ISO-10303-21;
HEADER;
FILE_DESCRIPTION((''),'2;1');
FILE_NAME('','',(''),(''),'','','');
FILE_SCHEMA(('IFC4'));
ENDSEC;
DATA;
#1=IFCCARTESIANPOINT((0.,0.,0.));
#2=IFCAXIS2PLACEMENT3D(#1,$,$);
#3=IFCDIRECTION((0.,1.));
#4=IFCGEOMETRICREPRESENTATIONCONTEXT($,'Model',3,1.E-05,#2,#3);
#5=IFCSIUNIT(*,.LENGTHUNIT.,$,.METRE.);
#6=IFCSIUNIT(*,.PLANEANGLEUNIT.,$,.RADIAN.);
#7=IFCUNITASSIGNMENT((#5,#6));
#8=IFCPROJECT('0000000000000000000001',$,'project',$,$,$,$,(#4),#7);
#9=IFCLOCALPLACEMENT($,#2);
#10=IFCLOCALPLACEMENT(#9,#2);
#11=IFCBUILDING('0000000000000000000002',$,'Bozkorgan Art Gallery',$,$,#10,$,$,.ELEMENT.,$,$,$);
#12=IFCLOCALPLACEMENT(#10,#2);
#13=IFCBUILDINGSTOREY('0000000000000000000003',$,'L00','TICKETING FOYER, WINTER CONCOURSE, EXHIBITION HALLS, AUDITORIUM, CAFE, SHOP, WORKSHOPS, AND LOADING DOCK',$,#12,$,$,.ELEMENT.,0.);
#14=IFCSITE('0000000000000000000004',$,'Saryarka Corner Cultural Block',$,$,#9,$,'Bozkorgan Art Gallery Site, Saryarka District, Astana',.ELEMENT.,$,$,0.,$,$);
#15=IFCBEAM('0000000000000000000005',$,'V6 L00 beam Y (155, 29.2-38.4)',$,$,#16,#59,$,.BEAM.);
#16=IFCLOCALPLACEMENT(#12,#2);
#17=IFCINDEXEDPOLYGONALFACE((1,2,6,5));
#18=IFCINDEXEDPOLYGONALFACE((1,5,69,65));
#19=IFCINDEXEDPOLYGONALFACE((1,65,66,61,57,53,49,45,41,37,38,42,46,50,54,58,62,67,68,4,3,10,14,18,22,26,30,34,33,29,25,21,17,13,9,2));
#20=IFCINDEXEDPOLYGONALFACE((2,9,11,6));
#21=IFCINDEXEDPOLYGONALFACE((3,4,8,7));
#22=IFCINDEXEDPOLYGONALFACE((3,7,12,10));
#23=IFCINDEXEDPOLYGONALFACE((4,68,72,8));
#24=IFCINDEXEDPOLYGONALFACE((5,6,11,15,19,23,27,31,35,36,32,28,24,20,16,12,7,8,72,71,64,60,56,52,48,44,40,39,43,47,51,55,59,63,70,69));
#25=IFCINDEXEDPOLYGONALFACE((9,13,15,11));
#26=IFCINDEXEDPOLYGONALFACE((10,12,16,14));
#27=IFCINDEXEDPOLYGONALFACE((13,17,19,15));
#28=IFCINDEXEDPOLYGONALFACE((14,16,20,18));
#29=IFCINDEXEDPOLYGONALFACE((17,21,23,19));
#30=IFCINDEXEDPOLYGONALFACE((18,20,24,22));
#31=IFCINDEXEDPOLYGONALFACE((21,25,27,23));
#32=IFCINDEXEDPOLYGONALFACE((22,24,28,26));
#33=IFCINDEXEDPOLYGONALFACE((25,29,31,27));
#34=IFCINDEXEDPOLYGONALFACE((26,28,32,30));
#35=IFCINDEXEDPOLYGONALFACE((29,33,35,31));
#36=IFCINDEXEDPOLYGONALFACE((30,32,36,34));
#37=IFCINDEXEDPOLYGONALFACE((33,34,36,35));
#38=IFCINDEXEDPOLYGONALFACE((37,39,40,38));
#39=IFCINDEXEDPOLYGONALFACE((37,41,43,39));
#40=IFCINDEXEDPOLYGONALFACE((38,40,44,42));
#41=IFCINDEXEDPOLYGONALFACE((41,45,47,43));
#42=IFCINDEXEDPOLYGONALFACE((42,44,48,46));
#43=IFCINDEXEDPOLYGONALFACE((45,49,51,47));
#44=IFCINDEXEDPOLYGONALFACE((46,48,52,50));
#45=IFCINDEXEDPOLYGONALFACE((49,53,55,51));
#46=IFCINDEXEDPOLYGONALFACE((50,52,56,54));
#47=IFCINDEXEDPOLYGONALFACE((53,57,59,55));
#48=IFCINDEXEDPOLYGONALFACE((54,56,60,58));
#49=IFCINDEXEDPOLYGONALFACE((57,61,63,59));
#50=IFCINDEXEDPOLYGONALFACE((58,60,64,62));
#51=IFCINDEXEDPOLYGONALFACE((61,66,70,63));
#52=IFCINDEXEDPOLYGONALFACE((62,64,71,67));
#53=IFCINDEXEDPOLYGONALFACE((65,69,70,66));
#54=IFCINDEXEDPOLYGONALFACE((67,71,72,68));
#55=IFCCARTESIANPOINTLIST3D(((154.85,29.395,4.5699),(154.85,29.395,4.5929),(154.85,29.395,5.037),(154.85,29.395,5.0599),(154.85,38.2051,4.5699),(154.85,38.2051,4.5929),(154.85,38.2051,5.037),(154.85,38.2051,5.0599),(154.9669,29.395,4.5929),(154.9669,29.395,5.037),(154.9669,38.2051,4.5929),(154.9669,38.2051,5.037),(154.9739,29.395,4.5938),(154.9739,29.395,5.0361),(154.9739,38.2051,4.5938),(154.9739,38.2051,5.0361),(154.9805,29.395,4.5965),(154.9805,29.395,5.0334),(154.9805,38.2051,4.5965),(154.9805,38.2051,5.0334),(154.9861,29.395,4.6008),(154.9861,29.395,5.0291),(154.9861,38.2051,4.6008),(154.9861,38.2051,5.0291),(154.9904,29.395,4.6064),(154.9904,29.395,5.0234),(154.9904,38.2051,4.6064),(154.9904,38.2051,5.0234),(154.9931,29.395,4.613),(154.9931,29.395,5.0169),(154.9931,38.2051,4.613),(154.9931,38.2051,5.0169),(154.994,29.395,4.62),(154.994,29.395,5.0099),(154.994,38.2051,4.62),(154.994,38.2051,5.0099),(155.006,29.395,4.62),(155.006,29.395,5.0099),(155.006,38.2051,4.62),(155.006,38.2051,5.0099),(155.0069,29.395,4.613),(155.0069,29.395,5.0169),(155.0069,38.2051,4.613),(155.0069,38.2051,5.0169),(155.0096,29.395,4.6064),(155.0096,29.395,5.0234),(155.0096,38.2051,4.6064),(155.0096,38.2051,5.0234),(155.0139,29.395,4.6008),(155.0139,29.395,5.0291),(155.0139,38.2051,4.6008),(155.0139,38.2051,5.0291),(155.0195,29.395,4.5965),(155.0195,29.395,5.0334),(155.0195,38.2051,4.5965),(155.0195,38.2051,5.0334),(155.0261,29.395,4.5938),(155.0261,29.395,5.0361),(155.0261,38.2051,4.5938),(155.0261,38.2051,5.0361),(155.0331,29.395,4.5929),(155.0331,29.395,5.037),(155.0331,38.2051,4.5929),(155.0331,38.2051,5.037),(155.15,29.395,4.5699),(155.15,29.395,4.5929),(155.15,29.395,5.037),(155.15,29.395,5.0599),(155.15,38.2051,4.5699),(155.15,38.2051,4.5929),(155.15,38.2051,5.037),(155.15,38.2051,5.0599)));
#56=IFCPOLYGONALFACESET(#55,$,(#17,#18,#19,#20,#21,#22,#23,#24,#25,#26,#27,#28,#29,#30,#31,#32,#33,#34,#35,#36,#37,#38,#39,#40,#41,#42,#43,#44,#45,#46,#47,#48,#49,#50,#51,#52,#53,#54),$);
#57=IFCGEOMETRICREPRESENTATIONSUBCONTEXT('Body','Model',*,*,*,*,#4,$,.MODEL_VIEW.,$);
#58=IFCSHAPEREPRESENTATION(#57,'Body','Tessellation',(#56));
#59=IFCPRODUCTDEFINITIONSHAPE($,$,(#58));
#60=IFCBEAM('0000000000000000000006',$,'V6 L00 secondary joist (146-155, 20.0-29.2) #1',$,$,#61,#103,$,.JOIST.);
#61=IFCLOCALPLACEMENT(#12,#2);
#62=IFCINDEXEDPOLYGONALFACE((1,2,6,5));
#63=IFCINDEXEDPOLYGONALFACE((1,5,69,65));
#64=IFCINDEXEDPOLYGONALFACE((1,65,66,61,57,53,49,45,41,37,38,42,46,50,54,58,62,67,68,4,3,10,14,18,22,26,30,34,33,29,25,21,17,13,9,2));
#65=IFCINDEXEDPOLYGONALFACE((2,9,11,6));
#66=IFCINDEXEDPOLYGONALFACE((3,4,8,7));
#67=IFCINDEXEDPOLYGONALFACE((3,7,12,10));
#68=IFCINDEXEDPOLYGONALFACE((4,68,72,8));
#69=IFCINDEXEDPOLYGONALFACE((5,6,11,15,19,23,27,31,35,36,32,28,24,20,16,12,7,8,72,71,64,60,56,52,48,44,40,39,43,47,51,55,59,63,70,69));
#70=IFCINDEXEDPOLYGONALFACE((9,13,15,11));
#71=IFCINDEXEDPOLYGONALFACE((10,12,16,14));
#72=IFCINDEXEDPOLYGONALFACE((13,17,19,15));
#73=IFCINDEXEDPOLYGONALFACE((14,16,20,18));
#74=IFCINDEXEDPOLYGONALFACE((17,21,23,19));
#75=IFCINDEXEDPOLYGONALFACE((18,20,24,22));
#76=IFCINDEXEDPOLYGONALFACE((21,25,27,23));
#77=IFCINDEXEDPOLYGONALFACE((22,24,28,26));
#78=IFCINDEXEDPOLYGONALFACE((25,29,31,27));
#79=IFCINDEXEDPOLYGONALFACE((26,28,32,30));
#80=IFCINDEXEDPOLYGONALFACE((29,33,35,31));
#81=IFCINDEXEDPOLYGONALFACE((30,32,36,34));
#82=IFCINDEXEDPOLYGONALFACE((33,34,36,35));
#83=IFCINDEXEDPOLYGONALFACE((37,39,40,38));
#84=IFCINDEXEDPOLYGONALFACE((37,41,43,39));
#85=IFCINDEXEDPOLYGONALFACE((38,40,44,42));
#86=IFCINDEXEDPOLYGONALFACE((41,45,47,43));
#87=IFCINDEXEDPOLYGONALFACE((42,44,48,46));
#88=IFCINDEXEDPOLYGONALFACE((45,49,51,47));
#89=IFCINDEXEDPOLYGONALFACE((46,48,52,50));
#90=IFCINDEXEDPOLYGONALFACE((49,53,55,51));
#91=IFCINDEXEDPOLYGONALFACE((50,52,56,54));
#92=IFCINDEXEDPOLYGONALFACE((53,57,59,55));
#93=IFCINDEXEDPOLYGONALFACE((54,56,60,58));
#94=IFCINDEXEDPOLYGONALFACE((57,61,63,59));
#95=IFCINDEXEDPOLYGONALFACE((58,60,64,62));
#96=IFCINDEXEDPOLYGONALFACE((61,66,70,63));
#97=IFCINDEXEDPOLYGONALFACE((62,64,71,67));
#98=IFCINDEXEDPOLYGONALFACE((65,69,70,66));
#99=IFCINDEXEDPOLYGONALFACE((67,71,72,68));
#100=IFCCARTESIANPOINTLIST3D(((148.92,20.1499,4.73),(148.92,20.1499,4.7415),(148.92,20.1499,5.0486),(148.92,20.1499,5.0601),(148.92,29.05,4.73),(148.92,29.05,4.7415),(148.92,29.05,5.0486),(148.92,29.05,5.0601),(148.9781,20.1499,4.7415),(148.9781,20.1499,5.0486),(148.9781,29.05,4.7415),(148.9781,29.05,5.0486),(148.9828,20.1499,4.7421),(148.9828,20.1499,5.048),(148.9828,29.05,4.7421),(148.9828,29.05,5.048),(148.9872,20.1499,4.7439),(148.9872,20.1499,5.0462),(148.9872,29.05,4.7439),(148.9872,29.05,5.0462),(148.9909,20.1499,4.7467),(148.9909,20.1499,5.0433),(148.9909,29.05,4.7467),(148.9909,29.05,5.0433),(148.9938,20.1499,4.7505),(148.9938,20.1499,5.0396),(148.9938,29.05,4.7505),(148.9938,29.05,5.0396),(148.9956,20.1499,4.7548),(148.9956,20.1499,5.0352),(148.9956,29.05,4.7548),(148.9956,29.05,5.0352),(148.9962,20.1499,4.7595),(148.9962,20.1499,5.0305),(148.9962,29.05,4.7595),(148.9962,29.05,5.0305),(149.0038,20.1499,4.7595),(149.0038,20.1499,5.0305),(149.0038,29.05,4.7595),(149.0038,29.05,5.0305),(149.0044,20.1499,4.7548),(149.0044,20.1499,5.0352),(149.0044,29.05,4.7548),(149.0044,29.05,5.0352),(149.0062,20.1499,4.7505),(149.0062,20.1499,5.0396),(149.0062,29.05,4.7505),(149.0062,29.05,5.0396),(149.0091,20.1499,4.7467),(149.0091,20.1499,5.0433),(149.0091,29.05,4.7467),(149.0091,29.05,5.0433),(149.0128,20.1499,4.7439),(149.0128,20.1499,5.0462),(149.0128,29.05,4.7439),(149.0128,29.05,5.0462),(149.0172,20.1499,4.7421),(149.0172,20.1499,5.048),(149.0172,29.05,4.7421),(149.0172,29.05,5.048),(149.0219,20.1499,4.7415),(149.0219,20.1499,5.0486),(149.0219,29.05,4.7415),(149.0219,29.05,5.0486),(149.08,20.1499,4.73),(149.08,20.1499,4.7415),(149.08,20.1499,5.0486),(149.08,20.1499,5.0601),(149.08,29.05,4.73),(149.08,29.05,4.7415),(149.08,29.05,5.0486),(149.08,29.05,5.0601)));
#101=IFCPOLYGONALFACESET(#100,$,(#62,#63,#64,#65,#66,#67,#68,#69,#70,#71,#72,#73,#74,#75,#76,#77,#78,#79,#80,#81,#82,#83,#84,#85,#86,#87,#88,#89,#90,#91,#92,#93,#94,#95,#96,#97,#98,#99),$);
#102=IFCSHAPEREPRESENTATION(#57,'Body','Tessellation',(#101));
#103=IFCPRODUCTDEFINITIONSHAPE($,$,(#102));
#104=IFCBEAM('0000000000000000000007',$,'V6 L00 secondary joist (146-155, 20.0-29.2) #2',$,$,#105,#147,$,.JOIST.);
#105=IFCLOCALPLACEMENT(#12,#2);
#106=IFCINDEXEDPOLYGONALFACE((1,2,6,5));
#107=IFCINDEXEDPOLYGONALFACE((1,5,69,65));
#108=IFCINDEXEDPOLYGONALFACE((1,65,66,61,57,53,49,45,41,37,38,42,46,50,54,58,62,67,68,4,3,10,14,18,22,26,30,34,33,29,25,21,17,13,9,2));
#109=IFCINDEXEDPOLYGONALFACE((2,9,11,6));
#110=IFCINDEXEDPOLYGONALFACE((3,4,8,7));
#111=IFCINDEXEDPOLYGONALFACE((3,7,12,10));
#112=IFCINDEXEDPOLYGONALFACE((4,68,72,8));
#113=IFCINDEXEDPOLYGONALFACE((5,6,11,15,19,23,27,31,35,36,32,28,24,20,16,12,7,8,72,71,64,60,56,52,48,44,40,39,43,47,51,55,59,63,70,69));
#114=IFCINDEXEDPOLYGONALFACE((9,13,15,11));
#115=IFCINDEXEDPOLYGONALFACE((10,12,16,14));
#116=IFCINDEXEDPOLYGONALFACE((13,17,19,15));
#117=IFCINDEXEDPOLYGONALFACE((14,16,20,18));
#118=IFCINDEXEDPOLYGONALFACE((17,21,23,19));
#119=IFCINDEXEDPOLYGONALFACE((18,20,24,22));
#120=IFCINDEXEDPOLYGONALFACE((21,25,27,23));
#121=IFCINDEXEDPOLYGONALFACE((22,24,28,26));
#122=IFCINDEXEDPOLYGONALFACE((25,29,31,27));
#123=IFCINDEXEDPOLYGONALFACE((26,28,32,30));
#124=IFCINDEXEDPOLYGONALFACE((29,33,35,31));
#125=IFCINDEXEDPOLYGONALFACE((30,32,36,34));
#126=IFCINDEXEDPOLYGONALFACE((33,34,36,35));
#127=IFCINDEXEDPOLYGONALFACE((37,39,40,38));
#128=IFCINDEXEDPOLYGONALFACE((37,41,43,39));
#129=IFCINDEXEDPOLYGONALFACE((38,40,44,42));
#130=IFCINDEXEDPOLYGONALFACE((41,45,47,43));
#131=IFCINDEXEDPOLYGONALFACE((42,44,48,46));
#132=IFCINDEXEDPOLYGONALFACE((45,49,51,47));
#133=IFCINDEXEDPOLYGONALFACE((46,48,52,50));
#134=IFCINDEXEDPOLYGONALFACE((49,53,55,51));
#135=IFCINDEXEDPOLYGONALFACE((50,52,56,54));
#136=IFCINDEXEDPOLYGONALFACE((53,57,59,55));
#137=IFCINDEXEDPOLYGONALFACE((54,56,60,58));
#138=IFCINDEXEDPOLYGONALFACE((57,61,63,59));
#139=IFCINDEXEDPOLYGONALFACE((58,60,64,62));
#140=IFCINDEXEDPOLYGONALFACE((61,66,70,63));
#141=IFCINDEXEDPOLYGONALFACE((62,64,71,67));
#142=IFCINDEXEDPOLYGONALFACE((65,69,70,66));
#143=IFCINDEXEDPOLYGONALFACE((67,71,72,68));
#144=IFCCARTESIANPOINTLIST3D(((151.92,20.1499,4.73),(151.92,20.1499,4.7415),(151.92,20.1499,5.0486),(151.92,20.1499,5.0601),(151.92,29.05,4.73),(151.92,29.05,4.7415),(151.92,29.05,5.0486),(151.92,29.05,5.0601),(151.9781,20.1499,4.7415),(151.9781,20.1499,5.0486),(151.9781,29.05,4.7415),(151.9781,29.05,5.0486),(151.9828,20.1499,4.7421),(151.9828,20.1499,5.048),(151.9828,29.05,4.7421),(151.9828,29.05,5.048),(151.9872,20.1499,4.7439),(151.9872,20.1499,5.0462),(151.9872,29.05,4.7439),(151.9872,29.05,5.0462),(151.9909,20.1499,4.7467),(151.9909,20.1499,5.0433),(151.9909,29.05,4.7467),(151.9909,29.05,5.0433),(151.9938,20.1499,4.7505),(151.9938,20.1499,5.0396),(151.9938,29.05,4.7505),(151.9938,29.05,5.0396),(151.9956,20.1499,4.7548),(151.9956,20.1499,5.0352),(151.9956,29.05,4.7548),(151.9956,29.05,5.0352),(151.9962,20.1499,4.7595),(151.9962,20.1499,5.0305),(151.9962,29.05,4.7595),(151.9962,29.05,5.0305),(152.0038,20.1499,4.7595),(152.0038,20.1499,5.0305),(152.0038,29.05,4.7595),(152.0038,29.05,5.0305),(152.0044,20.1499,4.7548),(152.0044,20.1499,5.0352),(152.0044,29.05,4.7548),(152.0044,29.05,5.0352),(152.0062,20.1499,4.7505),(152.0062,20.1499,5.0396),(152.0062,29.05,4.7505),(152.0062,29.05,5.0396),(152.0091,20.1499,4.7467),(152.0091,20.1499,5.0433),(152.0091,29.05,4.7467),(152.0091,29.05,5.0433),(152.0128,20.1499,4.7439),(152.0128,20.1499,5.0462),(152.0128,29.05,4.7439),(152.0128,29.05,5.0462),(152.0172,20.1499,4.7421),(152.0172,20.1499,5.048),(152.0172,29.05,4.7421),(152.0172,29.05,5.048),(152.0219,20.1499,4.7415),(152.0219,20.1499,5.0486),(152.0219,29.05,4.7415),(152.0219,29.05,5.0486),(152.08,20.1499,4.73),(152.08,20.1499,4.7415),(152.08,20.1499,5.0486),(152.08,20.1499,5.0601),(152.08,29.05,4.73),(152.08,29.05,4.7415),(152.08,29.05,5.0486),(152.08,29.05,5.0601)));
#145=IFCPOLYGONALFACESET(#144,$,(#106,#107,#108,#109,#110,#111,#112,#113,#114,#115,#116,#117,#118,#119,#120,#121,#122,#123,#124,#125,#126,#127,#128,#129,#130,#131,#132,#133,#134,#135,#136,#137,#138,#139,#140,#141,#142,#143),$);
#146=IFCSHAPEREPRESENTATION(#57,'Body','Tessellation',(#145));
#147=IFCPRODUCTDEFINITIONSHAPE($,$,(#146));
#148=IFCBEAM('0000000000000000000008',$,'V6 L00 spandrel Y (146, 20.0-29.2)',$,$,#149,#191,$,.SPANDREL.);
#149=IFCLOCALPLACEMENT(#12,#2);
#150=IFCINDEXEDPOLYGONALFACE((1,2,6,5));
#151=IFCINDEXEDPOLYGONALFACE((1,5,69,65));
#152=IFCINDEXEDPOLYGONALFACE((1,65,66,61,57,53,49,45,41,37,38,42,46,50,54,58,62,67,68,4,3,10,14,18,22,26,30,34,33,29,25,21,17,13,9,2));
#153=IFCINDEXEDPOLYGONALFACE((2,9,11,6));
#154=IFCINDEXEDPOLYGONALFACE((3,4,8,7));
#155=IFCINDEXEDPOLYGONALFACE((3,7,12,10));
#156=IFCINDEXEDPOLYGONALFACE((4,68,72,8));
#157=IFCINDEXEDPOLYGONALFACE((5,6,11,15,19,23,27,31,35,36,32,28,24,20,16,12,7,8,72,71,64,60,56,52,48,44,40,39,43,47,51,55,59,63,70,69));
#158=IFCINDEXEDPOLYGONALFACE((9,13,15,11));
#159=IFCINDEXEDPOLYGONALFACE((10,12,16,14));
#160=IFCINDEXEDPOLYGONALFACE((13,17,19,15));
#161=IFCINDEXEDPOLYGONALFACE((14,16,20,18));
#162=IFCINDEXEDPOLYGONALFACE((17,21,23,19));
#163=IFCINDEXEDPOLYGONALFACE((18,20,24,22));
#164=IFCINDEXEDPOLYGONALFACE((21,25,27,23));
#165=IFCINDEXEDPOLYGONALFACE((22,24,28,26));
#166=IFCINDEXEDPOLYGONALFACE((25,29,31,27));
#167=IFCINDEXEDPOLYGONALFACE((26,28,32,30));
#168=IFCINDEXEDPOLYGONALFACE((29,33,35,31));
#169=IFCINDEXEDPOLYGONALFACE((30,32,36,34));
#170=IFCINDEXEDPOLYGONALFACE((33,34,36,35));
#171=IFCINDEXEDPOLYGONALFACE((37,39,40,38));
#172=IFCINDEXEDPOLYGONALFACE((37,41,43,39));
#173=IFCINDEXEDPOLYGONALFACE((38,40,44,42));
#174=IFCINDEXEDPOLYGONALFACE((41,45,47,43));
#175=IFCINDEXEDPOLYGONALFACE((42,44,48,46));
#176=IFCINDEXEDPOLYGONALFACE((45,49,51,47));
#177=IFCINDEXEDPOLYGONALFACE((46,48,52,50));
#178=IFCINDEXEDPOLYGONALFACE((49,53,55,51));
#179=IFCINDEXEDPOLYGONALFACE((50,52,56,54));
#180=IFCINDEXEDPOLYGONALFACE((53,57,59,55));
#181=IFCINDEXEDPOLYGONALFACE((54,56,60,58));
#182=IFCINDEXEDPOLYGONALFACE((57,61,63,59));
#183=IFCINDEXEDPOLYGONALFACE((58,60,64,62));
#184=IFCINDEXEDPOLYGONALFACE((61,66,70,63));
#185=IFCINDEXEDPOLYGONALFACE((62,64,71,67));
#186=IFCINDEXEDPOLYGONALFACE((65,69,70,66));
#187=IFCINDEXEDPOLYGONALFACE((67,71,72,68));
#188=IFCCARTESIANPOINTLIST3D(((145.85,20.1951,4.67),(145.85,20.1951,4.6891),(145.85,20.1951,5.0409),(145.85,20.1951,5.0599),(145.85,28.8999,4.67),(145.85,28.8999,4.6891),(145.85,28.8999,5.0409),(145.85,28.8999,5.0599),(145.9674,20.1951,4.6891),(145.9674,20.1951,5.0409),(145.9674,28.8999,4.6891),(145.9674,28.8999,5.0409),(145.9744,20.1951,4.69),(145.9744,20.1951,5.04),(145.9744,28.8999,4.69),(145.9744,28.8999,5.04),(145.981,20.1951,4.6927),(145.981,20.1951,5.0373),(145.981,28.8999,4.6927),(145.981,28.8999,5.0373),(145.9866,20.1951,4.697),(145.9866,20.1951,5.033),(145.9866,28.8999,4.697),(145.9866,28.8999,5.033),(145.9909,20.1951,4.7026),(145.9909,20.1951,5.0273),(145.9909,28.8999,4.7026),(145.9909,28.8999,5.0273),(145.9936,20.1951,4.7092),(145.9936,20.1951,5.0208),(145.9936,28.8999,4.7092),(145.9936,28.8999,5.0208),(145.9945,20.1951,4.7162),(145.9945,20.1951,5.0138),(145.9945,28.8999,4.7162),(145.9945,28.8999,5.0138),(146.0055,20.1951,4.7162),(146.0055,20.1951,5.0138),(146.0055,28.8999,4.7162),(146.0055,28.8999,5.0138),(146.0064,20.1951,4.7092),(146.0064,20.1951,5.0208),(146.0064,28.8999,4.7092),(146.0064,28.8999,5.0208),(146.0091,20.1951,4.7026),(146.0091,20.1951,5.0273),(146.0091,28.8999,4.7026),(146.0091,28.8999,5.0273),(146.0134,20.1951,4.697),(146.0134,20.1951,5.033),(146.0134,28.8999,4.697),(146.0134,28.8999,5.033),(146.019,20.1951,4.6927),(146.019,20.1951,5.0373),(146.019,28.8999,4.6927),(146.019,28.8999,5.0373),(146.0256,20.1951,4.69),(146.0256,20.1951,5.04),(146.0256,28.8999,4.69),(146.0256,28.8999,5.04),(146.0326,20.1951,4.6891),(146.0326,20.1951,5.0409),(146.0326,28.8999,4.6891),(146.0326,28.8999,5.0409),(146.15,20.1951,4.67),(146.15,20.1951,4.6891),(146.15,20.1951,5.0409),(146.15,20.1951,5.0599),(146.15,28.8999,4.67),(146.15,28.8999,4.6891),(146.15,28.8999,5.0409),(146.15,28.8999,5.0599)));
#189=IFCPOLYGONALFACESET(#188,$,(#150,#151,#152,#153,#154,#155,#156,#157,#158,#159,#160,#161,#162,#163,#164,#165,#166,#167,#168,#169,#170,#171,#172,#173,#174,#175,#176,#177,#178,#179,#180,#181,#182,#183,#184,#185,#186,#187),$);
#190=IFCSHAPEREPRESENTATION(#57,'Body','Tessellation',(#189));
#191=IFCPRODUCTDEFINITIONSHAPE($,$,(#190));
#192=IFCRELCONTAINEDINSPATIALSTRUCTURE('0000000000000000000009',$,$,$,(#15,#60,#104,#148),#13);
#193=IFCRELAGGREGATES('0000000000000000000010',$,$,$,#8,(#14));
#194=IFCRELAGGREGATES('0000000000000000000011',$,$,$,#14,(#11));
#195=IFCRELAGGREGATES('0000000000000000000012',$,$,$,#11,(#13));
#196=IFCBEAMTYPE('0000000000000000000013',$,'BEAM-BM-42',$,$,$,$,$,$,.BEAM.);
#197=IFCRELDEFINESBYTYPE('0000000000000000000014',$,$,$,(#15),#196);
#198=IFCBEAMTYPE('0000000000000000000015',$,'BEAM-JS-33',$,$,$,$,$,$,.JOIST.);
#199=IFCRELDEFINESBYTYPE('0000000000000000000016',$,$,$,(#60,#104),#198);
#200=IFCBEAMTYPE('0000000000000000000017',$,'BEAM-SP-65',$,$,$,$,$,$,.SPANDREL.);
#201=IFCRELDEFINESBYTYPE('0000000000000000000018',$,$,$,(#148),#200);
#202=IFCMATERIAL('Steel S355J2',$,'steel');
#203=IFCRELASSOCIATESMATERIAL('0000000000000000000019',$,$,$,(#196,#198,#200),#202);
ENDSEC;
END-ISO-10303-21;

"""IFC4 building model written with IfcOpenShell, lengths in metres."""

from ifc_helpers import new_model, si_unit, direction, frame, origin, origin_2d, place, context, subcontext, project, spatial, i_section, extrude, material, material_profile, profile_set, type_object, element, save


model = new_model("IFC4")

# Units and contexts
model_context = context("Model", 3, precision=1e-05, world=origin(), true_north=direction((0.0, 1.0)))
body_context = subcontext(model_context, "Body", "Model", "MODEL_VIEW")
ifc_project = project(units=[si_unit("LENGTHUNIT", "METRE"), si_unit("PLANEANGLEUNIT", "RADIAN")], contexts=[model_context])

# Site, building, storey
site_placement = place(None, origin())
site = spatial("IfcSite", under=ifc_project, at=site_placement, Name="Saryarka Corner Cultural Block", LongName="Bozkorgan Art Gallery Site, Saryarka District, Astana", CompositionType="ELEMENT", RefElevation=0.0)
building_placement = place(site_placement, origin())
building = spatial("IfcBuilding", under=site, at=building_placement, Name="Bozkorgan Art Gallery", CompositionType="ELEMENT")
storey_placement = place(building_placement, origin())
storey = spatial("IfcBuildingStorey", under=building, at=storey_placement, Name="L00", Description="TICKETING FOYER, WINTER CONCOURSE, EXHIBITION HALLS, AUDITORIUM, CAFE, SHOP, WORKSHOPS, AND LOADING DOCK", CompositionType="ELEMENT", Elevation=0.0)

# Shared definitions
ifc_material_1 = material(Name="Steel S355J2", Category="steel")

# Beams
ifc_material_profile_1 = material_profile(ifc_material_1, i_section(OverallWidth=0.3, OverallDepth=0.49, WebThickness=0.012, FlangeThickness=0.0229, FilletRadius=0.0271, at=origin_2d()), Name="HEA 500")
ifc_profile_set_1 = profile_set([ifc_material_profile_1], Name="Steel S355J2")
beam_type_1 = type_object("IfcBeamType", Name="BEAM-BM-42", PredefinedType="BEAM", material=ifc_profile_set_1)
beam_1_placement = place(storey_placement, frame((155.0, 29.395, 4.8149), z_axis=(0.0, 1.0, 0.0), x_axis=(-1.0, 0.0, 0.0)))
element("IfcBeam", 1, at=beam_1_placement, inside=storey, type_object=beam_type_1, Name="V6 L00 beam Y (155, 29.2-38.4)", PredefinedType="BEAM", context=body_context, shape_type="SweptSolid", body=[
    extrude(i_section(OverallWidth=0.3, OverallDepth=0.49, WebThickness=0.012, FlangeThickness=0.0229, FilletRadius=0.0271, at=origin_2d()), origin(), (0.0, 0.0, 1.0), 8.8101),
])
ifc_material_profile_2 = material_profile(ifc_material_1, i_section(OverallWidth=0.1599, OverallDepth=0.3301, WebThickness=0.0076, FlangeThickness=0.0115, FilletRadius=0.0181, at=origin_2d()), Name="IPE 330")
ifc_profile_set_2 = profile_set([ifc_material_profile_2], Name="Steel S355J2")
beam_type_2 = type_object("IfcBeamType", Name="BEAM-JS-33", PredefinedType="JOIST", material=ifc_profile_set_2)
for number, where, z_axis, x_axis, name in (
    (2, (149.0, 20.1499, 4.895), (0.0, 1.0, 0.0), (-1.0, 0.0, 0.0), "V6 L00 secondary joist (146-155, 20.0-29.2) #1"),
    (3, (152.0, 20.1499, 4.895), (0.0, 1.0, 0.0), (-1.0, 0.0, 0.0), "V6 L00 secondary joist (146-155, 20.0-29.2) #2"),
):
    element("IfcBeam", number, at=place(storey_placement, frame(where, z_axis=z_axis, x_axis=x_axis)), inside=storey, type_object=beam_type_2, Name=name, PredefinedType="JOIST", context=body_context, shape_type="SweptSolid", body=[
        extrude(i_section(OverallWidth=0.1599, OverallDepth=0.3301, WebThickness=0.0076, FlangeThickness=0.0115, FilletRadius=0.0181, at=origin_2d()), origin(), (0.0, 0.0, 1.0), 8.9001),
    ])
ifc_material_profile_3 = material_profile(ifc_material_1, i_section(OverallWidth=0.3, OverallDepth=0.3899, WebThickness=0.011, FlangeThickness=0.019, FilletRadius=0.0271, at=origin_2d()), Name="HEA 400")
ifc_profile_set_3 = profile_set([ifc_material_profile_3], Name="Steel S355J2")
beam_type_3 = type_object("IfcBeamType", Name="BEAM-SP-65", PredefinedType="SPANDREL", material=ifc_profile_set_3)
beam_2_placement = place(storey_placement, frame((146.0, 20.1951, 4.865), z_axis=(0.0, 1.0, 0.0), x_axis=(-1.0, 0.0, 0.0)))
element("IfcBeam", 4, at=beam_2_placement, inside=storey, type_object=beam_type_3, Name="V6 L00 spandrel Y (146, 20.0-29.2)", PredefinedType="SPANDREL", context=body_context, shape_type="SweptSolid", body=[
    extrude(i_section(OverallWidth=0.3, OverallDepth=0.3899, WebThickness=0.011, FlangeThickness=0.019, FilletRadius=0.0271, at=origin_2d()), origin(), (0.0, 0.0, 1.0), 8.7048),
])

save(model, "model.ifc")
